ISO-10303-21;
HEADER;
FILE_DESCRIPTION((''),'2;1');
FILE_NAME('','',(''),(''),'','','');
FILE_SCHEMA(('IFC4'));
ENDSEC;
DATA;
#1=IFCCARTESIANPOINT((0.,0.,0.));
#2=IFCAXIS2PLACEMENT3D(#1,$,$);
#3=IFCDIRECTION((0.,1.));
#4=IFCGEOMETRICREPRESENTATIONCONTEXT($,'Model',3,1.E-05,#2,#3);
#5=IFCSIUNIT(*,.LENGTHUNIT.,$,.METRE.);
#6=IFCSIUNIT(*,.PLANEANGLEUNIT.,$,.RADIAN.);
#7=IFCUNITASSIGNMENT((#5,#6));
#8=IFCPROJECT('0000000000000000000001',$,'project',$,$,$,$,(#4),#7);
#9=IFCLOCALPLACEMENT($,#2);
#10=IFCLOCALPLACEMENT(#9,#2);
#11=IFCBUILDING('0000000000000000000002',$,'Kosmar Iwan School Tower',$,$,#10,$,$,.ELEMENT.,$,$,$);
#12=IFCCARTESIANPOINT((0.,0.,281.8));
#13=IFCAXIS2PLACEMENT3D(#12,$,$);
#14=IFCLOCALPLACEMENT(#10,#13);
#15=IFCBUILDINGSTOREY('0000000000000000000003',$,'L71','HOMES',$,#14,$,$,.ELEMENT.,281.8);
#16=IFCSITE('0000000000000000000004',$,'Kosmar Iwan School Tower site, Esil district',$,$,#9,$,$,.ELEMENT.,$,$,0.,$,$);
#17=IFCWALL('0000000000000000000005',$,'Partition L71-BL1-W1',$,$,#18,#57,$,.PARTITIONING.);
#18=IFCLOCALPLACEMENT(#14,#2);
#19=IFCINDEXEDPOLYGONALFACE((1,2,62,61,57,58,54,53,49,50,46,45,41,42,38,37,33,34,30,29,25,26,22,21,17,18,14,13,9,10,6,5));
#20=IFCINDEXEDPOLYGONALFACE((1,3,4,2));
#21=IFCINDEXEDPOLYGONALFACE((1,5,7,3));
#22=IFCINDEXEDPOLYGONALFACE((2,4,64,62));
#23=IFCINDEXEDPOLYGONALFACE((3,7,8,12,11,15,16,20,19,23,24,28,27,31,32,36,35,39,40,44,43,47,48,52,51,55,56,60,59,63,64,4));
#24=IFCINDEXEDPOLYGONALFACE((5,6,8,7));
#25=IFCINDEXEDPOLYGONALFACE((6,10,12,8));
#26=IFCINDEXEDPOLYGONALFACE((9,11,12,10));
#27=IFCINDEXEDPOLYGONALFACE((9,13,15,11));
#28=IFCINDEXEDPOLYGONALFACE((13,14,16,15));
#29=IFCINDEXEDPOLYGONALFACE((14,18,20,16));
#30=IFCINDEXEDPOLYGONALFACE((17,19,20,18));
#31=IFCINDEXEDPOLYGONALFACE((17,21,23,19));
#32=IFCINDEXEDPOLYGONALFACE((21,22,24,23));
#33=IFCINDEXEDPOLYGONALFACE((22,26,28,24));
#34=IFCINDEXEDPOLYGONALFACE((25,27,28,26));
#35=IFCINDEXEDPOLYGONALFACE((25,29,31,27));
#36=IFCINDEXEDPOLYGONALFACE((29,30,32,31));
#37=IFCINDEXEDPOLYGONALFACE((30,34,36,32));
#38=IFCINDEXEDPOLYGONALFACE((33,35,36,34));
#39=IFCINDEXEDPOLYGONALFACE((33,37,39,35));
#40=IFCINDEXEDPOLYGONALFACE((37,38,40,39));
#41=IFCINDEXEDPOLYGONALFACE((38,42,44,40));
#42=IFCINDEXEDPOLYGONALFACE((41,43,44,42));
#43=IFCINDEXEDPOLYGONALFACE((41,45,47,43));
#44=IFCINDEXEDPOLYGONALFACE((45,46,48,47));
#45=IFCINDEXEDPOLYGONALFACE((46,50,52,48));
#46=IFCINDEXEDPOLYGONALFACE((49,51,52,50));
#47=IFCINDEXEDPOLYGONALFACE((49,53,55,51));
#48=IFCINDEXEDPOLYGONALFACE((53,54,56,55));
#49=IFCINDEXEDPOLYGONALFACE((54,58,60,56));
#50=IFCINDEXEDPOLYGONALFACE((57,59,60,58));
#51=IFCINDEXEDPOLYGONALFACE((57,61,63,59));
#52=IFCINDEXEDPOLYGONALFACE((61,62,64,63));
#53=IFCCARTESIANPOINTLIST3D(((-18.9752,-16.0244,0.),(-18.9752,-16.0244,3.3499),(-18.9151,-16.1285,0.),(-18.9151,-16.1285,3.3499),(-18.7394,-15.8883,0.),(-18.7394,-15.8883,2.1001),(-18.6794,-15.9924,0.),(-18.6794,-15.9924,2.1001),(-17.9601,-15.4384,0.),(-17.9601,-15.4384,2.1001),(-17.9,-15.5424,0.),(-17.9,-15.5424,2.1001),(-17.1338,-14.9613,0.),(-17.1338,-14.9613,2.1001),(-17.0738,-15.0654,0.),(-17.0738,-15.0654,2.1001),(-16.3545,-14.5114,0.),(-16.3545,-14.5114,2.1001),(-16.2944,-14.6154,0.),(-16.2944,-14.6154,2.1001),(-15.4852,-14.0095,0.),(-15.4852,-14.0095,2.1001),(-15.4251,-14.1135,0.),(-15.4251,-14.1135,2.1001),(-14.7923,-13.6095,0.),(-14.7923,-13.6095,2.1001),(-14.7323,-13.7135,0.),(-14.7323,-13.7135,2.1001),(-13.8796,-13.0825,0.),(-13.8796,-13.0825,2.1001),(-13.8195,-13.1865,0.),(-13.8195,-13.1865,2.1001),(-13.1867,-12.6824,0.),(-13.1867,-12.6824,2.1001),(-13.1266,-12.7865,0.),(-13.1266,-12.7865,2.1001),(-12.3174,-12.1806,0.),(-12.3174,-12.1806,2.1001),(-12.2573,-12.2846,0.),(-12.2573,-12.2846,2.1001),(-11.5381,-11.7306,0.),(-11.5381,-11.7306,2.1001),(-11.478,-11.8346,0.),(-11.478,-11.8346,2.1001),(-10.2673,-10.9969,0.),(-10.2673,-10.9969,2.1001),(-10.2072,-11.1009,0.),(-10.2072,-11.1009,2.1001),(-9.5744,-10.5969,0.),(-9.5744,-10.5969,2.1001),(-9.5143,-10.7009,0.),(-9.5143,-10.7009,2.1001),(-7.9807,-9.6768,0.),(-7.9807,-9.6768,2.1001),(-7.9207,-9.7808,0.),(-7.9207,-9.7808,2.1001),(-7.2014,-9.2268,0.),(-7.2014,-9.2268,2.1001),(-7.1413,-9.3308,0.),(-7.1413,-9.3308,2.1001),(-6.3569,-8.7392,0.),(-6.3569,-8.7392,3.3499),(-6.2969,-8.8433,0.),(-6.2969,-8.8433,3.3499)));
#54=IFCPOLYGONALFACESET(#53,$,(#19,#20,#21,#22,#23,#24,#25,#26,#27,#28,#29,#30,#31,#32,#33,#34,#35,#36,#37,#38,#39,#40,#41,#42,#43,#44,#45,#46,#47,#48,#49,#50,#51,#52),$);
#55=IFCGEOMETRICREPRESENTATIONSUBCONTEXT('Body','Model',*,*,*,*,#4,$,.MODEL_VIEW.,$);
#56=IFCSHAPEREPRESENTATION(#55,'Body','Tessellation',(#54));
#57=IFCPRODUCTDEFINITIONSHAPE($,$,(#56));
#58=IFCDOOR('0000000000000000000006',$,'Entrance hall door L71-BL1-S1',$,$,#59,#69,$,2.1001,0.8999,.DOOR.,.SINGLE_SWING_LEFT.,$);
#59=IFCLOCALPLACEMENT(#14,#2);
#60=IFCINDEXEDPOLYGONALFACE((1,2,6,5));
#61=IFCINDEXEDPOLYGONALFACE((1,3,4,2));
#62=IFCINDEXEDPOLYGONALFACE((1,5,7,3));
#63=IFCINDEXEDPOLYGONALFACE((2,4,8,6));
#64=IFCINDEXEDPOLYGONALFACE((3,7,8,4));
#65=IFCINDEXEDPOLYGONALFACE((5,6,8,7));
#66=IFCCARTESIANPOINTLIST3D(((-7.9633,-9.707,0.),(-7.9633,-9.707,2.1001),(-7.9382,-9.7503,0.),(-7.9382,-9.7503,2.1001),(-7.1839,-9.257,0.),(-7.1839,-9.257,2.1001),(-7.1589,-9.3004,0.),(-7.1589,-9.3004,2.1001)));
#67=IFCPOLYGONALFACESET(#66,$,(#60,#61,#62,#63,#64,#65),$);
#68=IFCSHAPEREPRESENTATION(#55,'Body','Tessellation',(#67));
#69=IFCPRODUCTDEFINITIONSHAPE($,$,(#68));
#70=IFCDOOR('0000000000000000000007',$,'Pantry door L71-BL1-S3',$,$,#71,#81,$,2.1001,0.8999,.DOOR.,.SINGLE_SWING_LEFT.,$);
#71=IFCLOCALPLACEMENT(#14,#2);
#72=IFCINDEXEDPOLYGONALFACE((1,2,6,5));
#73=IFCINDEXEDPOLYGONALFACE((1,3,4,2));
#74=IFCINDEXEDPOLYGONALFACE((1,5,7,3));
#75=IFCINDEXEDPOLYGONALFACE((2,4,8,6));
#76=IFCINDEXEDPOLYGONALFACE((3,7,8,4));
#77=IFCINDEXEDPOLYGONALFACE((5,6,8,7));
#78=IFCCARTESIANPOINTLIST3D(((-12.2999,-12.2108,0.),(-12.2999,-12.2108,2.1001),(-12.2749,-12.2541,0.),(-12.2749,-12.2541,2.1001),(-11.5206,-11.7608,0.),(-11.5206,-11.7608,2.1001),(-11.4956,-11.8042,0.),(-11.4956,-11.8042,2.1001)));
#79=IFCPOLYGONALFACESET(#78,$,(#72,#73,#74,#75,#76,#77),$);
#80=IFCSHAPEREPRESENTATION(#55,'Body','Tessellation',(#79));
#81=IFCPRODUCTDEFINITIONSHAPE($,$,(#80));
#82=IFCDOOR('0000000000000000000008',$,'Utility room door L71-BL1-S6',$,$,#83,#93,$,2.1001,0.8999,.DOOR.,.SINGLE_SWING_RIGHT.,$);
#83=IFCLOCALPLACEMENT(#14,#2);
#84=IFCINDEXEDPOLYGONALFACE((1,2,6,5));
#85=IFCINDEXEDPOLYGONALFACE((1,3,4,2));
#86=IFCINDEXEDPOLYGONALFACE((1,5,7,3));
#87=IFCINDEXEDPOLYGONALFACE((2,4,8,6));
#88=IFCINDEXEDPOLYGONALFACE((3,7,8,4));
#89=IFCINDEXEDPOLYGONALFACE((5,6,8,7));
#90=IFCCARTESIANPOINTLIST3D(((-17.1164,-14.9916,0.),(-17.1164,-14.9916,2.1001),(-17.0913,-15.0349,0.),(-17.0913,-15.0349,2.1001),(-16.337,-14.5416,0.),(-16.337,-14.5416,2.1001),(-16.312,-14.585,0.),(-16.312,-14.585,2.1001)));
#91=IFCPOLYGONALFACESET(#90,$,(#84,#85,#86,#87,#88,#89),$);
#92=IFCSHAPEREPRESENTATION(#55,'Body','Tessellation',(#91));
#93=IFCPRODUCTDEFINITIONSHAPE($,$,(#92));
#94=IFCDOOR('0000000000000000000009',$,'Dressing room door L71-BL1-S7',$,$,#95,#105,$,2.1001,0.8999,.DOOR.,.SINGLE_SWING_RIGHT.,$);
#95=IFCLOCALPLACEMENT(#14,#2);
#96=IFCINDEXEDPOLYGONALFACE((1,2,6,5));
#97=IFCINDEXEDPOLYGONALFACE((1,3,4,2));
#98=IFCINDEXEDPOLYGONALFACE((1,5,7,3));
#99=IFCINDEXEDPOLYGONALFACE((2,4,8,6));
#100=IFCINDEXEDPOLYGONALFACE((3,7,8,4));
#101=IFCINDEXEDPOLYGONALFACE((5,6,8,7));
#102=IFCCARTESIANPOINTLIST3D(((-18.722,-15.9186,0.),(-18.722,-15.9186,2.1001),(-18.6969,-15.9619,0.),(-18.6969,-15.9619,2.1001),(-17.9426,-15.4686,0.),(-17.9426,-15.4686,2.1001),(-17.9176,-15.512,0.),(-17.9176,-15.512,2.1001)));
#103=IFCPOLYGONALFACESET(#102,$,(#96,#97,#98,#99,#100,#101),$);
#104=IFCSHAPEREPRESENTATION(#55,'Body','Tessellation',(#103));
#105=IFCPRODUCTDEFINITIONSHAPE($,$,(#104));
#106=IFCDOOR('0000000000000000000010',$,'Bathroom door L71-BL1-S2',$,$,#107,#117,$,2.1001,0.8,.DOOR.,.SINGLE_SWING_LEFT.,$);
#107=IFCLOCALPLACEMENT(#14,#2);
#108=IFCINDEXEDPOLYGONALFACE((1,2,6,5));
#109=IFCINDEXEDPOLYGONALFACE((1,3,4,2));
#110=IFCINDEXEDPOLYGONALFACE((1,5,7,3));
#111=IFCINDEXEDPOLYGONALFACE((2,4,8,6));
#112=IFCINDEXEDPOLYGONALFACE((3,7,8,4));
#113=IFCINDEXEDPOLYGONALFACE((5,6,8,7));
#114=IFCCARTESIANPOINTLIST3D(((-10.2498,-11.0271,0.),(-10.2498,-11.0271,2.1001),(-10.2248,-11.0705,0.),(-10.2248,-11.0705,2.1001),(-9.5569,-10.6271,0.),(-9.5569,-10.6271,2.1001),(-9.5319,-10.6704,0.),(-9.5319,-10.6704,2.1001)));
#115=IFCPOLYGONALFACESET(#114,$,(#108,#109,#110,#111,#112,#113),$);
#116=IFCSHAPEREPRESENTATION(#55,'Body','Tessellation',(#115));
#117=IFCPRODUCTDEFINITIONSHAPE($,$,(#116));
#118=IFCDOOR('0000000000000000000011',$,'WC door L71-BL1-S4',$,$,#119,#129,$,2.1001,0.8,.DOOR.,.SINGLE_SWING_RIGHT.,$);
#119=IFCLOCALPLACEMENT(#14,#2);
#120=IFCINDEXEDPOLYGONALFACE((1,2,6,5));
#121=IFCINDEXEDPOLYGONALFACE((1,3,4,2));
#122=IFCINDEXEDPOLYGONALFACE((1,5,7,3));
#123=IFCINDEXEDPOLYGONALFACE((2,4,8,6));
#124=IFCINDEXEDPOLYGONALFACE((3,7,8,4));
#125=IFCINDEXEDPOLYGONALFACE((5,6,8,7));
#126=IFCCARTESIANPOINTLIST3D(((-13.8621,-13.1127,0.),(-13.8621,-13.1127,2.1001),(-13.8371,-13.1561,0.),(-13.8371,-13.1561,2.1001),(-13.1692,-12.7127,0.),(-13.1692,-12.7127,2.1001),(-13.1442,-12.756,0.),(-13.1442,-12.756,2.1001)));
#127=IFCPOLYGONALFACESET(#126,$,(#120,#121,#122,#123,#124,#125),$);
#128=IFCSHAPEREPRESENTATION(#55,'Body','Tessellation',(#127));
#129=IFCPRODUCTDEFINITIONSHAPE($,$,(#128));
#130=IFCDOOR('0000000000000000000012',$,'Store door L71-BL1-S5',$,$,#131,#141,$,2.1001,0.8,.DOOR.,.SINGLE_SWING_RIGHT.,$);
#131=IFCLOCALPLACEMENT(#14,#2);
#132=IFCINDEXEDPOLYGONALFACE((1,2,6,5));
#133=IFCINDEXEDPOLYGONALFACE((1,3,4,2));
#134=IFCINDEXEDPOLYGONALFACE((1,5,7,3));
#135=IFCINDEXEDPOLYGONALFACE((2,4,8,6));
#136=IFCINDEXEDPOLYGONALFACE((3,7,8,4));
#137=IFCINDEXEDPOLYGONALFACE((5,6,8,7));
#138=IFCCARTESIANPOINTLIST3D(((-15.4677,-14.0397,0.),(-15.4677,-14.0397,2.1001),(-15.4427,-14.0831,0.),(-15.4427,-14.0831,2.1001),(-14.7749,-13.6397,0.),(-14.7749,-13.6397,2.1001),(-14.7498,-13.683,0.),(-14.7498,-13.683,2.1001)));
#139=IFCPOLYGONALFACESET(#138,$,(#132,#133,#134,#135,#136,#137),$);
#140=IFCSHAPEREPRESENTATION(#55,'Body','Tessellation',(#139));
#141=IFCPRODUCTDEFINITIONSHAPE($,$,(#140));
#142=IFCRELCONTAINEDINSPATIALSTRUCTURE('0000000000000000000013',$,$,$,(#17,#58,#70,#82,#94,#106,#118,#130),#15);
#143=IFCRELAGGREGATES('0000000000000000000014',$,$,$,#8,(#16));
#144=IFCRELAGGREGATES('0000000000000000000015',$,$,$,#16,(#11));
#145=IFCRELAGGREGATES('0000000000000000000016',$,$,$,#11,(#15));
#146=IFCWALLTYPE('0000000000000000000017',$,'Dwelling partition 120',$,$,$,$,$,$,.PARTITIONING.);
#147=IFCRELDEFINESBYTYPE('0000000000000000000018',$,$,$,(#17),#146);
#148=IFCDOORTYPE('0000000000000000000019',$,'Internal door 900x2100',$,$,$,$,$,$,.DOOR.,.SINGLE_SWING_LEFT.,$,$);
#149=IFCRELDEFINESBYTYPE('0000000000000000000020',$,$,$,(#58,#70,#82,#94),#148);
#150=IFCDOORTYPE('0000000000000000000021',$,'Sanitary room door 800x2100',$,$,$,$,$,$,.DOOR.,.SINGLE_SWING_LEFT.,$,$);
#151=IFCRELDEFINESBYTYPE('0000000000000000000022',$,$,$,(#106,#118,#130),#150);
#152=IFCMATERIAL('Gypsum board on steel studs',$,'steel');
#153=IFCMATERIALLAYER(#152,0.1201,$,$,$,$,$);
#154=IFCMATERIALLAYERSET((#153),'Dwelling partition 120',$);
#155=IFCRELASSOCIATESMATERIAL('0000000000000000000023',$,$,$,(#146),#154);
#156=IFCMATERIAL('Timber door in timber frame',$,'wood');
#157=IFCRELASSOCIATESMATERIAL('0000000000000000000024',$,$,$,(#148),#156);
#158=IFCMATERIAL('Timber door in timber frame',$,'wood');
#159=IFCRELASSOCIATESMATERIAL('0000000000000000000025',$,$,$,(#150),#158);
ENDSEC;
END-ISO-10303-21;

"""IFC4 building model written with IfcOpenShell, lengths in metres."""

from ifc_helpers import new_model, si_unit, direction, frame, frame_2d, origin, place, context, subcontext, project, spatial, rectangle, extrude, material, layer, layer_set, type_object, element, fill, save


model = new_model("IFC4")

# Units and contexts
model_context = context("Model", 3, precision=1e-05, world=origin(), true_north=direction((0.0, 1.0)))
body_context = subcontext(model_context, "Body", "Model", "MODEL_VIEW")
ifc_project = project(units=[si_unit("LENGTHUNIT", "METRE"), si_unit("PLANEANGLEUNIT", "RADIAN")], contexts=[model_context])

# Site, building, storey
site_placement = place(None, origin())
site = spatial("IfcSite", under=ifc_project, at=site_placement, Name="Kosmar Iwan School Tower site, Esil district", CompositionType="ELEMENT", RefElevation=0.0)
building_placement = place(site_placement, origin())
building = spatial("IfcBuilding", under=site, at=building_placement, Name="Kosmar Iwan School Tower", CompositionType="ELEMENT")
storey_placement = place(building_placement, frame((0.0, 0.0, 281.8)))
storey = spatial("IfcBuildingStorey", under=building, at=storey_placement, Name="L71", Description="HOMES", CompositionType="ELEMENT", Elevation=281.8)

# Wall, openings, doors
ifc_material_1 = material(Name="Gypsum board on steel studs", Category="steel")
ifc_layer_1 = layer(ifc_material_1, 0.1201)
ifc_layer_set_1 = layer_set([ifc_layer_1], Name="Dwelling partition 120")
wall_type_1 = type_object("IfcWallType", Name="Dwelling partition 120", PredefinedType="PARTITIONING", material=ifc_layer_set_1)
wall_1_placement = place(storey_placement, frame((-6.3269, -8.7913, 0.0), z_axis=(0.0, 0.0, 1.0), x_axis=(-0.866024, -0.500003, 0.0)))
wall_1 = element("IfcWall", 1, at=wall_1_placement, inside=storey, type_object=wall_type_1, Name="Partition L71-BL1-W1", PredefinedType="PARTITIONING", context=body_context, shape_type="SweptSolid", body=[
    extrude(rectangle(XDim=14.5703, YDim=0.1201, at=frame_2d((7.2852, 0.0))), origin(), (0.0, 0.0, 1.0), 3.3499),
])
opening_1_placement = place(wall_1_placement, frame((0.9751, 0.0, 0.0)))
opening_1 = element("IfcOpeningElement", 2, at=opening_1_placement, cuts=wall_1, PredefinedType="OPENING", context=body_context, shape_type="SweptSolid", body=[
    extrude(rectangle(XDim=0.8999, YDim=2.1001, at=frame_2d((0.45, 1.05))), frame((0.0, 0.072, 0.0), z_axis=(0.0, -1.0, 0.0), x_axis=(1.0, 0.0, 0.0)), (0.0, 0.0, 1.0), 0.144),
])
opening_2_placement = place(wall_1_placement, frame((3.7153, 0.0, 0.0)))
opening_2 = element("IfcOpeningElement", 3, at=opening_2_placement, cuts=wall_1, PredefinedType="OPENING", context=body_context, shape_type="SweptSolid", body=[
    extrude(rectangle(XDim=0.8, YDim=2.1001, at=frame_2d((0.3999, 1.05))), frame((0.0, 0.072, 0.0), z_axis=(0.0, -1.0, 0.0), x_axis=(1.0, 0.0, 0.0)), (0.0, 0.0, 1.0), 0.144),
])
opening_3_placement = place(wall_1_placement, frame((5.9827, 0.0, 0.0)))
opening_3 = element("IfcOpeningElement", 4, at=opening_3_placement, cuts=wall_1, PredefinedType="OPENING", context=body_context, shape_type="SweptSolid", body=[
    extrude(rectangle(XDim=0.8999, YDim=2.1001, at=frame_2d((0.45, 1.05))), frame((0.0, 0.072, 0.0), z_axis=(0.0, -1.0, 0.0), x_axis=(1.0, 0.0, 0.0)), (0.0, 0.0, 1.0), 0.144),
])
opening_4_placement = place(wall_1_placement, frame((7.8865, 0.0, 0.0)))
opening_4 = element("IfcOpeningElement", 5, at=opening_4_placement, cuts=wall_1, PredefinedType="OPENING", context=body_context, shape_type="SweptSolid", body=[
    extrude(rectangle(XDim=0.8, YDim=2.1001, at=frame_2d((0.3999, 1.05))), frame((0.0, 0.072, 0.0), z_axis=(0.0, -1.0, 0.0), x_axis=(1.0, 0.0, 0.0)), (0.0, 0.0, 1.0), 0.144),
])
opening_5_placement = place(wall_1_placement, frame((9.7405, 0.0, 0.0)))
opening_5 = element("IfcOpeningElement", 6, at=opening_5_placement, cuts=wall_1, PredefinedType="OPENING", context=body_context, shape_type="SweptSolid", body=[
    extrude(rectangle(XDim=0.8, YDim=2.1001, at=frame_2d((0.3999, 1.05))), frame((0.0, 0.072, 0.0), z_axis=(0.0, -1.0, 0.0), x_axis=(1.0, 0.0, 0.0)), (0.0, 0.0, 1.0), 0.144),
])
opening_6_placement = place(wall_1_placement, frame((11.5442, 0.0, 0.0)))
opening_6 = element("IfcOpeningElement", 7, at=opening_6_placement, cuts=wall_1, PredefinedType="OPENING", context=body_context, shape_type="SweptSolid", body=[
    extrude(rectangle(XDim=0.8999, YDim=2.1001, at=frame_2d((0.45, 1.05))), frame((0.0, 0.072, 0.0), z_axis=(0.0, -1.0, 0.0), x_axis=(1.0, 0.0, 0.0)), (0.0, 0.0, 1.0), 0.144),
])
opening_7_placement = place(wall_1_placement, frame((13.3982, 0.0, 0.0)))
opening_7 = element("IfcOpeningElement", 8, at=opening_7_placement, cuts=wall_1, PredefinedType="OPENING", context=body_context, shape_type="SweptSolid", body=[
    extrude(rectangle(XDim=0.8999, YDim=2.1001, at=frame_2d((0.45, 1.05))), frame((0.0, 0.072, 0.0), z_axis=(0.0, -1.0, 0.0), x_axis=(1.0, 0.0, 0.0)), (0.0, 0.0, 1.0), 0.144),
])
ifc_material_2 = material(Name="Timber door in timber frame", Category="wood")
door_type_1 = type_object("IfcDoorType", Name="Internal door 900x2100", OperationType="SINGLE_SWING_LEFT", PredefinedType="DOOR", material=ifc_material_2)
door_1_placement = place(opening_1_placement, origin())
door_1 = element("IfcDoor", 9, at=door_1_placement, inside=storey, type_object=door_type_1, Name="Entrance hall door L71-BL1-S1", OperationType="SINGLE_SWING_LEFT", OverallHeight=2.1001, OverallWidth=0.8999, PredefinedType="DOOR", context=body_context, shape_type="SweptSolid", body=[
    extrude(rectangle(XDim=0.8999, YDim=2.1001, at=frame_2d((0.45, 1.05))), frame((0.0, 0.0249, 0.0), z_axis=(0.0, -1.0, 0.0), x_axis=(1.0, 0.0, 0.0)), (0.0, 0.0, 1.0), 0.05),
])
fill(opening_1, door_1)
door_2_placement = place(opening_3_placement, origin())
door_2 = element("IfcDoor", 10, at=door_2_placement, inside=storey, type_object=door_type_1, Name="Pantry door L71-BL1-S3", OperationType="SINGLE_SWING_LEFT", OverallHeight=2.1001, OverallWidth=0.8999, PredefinedType="DOOR", context=body_context, shape_type="SweptSolid", body=[
    extrude(rectangle(XDim=0.8999, YDim=2.1001, at=frame_2d((0.45, 1.05))), frame((0.0, 0.0249, 0.0), z_axis=(0.0, -1.0, 0.0), x_axis=(1.0, 0.0, 0.0)), (0.0, 0.0, 1.0), 0.05),
])
fill(opening_3, door_2)
door_3_placement = place(opening_6_placement, origin())
door_3 = element("IfcDoor", 11, at=door_3_placement, inside=storey, type_object=door_type_1, Name="Utility room door L71-BL1-S6", OperationType="SINGLE_SWING_RIGHT", OverallHeight=2.1001, OverallWidth=0.8999, PredefinedType="DOOR", context=body_context, shape_type="SweptSolid", body=[
    extrude(rectangle(XDim=0.8999, YDim=2.1001, at=frame_2d((0.45, 1.05))), frame((0.0, 0.0249, 0.0), z_axis=(0.0, -1.0, 0.0), x_axis=(1.0, 0.0, 0.0)), (0.0, 0.0, 1.0), 0.05),
])
fill(opening_6, door_3)
door_4_placement = place(opening_7_placement, origin())
door_4 = element("IfcDoor", 12, at=door_4_placement, inside=storey, type_object=door_type_1, Name="Dressing room door L71-BL1-S7", OperationType="SINGLE_SWING_RIGHT", OverallHeight=2.1001, OverallWidth=0.8999, PredefinedType="DOOR", context=body_context, shape_type="SweptSolid", body=[
    extrude(rectangle(XDim=0.8999, YDim=2.1001, at=frame_2d((0.45, 1.05))), frame((0.0, 0.0249, 0.0), z_axis=(0.0, -1.0, 0.0), x_axis=(1.0, 0.0, 0.0)), (0.0, 0.0, 1.0), 0.05),
])
fill(opening_7, door_4)
ifc_material_3 = material(Name="Timber door in timber frame", Category="wood")
door_type_2 = type_object("IfcDoorType", Name="Sanitary room door 800x2100", OperationType="SINGLE_SWING_LEFT", PredefinedType="DOOR", material=ifc_material_3)
door_5_placement = place(opening_2_placement, origin())
door_5 = element("IfcDoor", 13, at=door_5_placement, inside=storey, type_object=door_type_2, Name="Bathroom door L71-BL1-S2", OperationType="SINGLE_SWING_LEFT", OverallHeight=2.1001, OverallWidth=0.8, PredefinedType="DOOR", context=body_context, shape_type="SweptSolid", body=[
    extrude(rectangle(XDim=0.8, YDim=2.1001, at=frame_2d((0.3999, 1.05))), frame((0.0, 0.0249, 0.0), z_axis=(0.0, -1.0, 0.0), x_axis=(1.0, 0.0, 0.0)), (0.0, 0.0, 1.0), 0.05),
])
fill(opening_2, door_5)
door_6_placement = place(opening_4_placement, origin())
door_6 = element("IfcDoor", 14, at=door_6_placement, inside=storey, type_object=door_type_2, Name="WC door L71-BL1-S4", OperationType="SINGLE_SWING_RIGHT", OverallHeight=2.1001, OverallWidth=0.8, PredefinedType="DOOR", context=body_context, shape_type="SweptSolid", body=[
    extrude(rectangle(XDim=0.8, YDim=2.1001, at=frame_2d((0.3999, 1.05))), frame((0.0, 0.0249, 0.0), z_axis=(0.0, -1.0, 0.0), x_axis=(1.0, 0.0, 0.0)), (0.0, 0.0, 1.0), 0.05),
])
fill(opening_4, door_6)
door_7_placement = place(opening_5_placement, origin())
door_7 = element("IfcDoor", 15, at=door_7_placement, inside=storey, type_object=door_type_2, Name="Store door L71-BL1-S5", OperationType="SINGLE_SWING_RIGHT", OverallHeight=2.1001, OverallWidth=0.8, PredefinedType="DOOR", context=body_context, shape_type="SweptSolid", body=[
    extrude(rectangle(XDim=0.8, YDim=2.1001, at=frame_2d((0.3999, 1.05))), frame((0.0, 0.0249, 0.0), z_axis=(0.0, -1.0, 0.0), x_axis=(1.0, 0.0, 0.0)), (0.0, 0.0, 1.0), 0.05),
])
fill(opening_5, door_7)

save(model, "model.ifc")
